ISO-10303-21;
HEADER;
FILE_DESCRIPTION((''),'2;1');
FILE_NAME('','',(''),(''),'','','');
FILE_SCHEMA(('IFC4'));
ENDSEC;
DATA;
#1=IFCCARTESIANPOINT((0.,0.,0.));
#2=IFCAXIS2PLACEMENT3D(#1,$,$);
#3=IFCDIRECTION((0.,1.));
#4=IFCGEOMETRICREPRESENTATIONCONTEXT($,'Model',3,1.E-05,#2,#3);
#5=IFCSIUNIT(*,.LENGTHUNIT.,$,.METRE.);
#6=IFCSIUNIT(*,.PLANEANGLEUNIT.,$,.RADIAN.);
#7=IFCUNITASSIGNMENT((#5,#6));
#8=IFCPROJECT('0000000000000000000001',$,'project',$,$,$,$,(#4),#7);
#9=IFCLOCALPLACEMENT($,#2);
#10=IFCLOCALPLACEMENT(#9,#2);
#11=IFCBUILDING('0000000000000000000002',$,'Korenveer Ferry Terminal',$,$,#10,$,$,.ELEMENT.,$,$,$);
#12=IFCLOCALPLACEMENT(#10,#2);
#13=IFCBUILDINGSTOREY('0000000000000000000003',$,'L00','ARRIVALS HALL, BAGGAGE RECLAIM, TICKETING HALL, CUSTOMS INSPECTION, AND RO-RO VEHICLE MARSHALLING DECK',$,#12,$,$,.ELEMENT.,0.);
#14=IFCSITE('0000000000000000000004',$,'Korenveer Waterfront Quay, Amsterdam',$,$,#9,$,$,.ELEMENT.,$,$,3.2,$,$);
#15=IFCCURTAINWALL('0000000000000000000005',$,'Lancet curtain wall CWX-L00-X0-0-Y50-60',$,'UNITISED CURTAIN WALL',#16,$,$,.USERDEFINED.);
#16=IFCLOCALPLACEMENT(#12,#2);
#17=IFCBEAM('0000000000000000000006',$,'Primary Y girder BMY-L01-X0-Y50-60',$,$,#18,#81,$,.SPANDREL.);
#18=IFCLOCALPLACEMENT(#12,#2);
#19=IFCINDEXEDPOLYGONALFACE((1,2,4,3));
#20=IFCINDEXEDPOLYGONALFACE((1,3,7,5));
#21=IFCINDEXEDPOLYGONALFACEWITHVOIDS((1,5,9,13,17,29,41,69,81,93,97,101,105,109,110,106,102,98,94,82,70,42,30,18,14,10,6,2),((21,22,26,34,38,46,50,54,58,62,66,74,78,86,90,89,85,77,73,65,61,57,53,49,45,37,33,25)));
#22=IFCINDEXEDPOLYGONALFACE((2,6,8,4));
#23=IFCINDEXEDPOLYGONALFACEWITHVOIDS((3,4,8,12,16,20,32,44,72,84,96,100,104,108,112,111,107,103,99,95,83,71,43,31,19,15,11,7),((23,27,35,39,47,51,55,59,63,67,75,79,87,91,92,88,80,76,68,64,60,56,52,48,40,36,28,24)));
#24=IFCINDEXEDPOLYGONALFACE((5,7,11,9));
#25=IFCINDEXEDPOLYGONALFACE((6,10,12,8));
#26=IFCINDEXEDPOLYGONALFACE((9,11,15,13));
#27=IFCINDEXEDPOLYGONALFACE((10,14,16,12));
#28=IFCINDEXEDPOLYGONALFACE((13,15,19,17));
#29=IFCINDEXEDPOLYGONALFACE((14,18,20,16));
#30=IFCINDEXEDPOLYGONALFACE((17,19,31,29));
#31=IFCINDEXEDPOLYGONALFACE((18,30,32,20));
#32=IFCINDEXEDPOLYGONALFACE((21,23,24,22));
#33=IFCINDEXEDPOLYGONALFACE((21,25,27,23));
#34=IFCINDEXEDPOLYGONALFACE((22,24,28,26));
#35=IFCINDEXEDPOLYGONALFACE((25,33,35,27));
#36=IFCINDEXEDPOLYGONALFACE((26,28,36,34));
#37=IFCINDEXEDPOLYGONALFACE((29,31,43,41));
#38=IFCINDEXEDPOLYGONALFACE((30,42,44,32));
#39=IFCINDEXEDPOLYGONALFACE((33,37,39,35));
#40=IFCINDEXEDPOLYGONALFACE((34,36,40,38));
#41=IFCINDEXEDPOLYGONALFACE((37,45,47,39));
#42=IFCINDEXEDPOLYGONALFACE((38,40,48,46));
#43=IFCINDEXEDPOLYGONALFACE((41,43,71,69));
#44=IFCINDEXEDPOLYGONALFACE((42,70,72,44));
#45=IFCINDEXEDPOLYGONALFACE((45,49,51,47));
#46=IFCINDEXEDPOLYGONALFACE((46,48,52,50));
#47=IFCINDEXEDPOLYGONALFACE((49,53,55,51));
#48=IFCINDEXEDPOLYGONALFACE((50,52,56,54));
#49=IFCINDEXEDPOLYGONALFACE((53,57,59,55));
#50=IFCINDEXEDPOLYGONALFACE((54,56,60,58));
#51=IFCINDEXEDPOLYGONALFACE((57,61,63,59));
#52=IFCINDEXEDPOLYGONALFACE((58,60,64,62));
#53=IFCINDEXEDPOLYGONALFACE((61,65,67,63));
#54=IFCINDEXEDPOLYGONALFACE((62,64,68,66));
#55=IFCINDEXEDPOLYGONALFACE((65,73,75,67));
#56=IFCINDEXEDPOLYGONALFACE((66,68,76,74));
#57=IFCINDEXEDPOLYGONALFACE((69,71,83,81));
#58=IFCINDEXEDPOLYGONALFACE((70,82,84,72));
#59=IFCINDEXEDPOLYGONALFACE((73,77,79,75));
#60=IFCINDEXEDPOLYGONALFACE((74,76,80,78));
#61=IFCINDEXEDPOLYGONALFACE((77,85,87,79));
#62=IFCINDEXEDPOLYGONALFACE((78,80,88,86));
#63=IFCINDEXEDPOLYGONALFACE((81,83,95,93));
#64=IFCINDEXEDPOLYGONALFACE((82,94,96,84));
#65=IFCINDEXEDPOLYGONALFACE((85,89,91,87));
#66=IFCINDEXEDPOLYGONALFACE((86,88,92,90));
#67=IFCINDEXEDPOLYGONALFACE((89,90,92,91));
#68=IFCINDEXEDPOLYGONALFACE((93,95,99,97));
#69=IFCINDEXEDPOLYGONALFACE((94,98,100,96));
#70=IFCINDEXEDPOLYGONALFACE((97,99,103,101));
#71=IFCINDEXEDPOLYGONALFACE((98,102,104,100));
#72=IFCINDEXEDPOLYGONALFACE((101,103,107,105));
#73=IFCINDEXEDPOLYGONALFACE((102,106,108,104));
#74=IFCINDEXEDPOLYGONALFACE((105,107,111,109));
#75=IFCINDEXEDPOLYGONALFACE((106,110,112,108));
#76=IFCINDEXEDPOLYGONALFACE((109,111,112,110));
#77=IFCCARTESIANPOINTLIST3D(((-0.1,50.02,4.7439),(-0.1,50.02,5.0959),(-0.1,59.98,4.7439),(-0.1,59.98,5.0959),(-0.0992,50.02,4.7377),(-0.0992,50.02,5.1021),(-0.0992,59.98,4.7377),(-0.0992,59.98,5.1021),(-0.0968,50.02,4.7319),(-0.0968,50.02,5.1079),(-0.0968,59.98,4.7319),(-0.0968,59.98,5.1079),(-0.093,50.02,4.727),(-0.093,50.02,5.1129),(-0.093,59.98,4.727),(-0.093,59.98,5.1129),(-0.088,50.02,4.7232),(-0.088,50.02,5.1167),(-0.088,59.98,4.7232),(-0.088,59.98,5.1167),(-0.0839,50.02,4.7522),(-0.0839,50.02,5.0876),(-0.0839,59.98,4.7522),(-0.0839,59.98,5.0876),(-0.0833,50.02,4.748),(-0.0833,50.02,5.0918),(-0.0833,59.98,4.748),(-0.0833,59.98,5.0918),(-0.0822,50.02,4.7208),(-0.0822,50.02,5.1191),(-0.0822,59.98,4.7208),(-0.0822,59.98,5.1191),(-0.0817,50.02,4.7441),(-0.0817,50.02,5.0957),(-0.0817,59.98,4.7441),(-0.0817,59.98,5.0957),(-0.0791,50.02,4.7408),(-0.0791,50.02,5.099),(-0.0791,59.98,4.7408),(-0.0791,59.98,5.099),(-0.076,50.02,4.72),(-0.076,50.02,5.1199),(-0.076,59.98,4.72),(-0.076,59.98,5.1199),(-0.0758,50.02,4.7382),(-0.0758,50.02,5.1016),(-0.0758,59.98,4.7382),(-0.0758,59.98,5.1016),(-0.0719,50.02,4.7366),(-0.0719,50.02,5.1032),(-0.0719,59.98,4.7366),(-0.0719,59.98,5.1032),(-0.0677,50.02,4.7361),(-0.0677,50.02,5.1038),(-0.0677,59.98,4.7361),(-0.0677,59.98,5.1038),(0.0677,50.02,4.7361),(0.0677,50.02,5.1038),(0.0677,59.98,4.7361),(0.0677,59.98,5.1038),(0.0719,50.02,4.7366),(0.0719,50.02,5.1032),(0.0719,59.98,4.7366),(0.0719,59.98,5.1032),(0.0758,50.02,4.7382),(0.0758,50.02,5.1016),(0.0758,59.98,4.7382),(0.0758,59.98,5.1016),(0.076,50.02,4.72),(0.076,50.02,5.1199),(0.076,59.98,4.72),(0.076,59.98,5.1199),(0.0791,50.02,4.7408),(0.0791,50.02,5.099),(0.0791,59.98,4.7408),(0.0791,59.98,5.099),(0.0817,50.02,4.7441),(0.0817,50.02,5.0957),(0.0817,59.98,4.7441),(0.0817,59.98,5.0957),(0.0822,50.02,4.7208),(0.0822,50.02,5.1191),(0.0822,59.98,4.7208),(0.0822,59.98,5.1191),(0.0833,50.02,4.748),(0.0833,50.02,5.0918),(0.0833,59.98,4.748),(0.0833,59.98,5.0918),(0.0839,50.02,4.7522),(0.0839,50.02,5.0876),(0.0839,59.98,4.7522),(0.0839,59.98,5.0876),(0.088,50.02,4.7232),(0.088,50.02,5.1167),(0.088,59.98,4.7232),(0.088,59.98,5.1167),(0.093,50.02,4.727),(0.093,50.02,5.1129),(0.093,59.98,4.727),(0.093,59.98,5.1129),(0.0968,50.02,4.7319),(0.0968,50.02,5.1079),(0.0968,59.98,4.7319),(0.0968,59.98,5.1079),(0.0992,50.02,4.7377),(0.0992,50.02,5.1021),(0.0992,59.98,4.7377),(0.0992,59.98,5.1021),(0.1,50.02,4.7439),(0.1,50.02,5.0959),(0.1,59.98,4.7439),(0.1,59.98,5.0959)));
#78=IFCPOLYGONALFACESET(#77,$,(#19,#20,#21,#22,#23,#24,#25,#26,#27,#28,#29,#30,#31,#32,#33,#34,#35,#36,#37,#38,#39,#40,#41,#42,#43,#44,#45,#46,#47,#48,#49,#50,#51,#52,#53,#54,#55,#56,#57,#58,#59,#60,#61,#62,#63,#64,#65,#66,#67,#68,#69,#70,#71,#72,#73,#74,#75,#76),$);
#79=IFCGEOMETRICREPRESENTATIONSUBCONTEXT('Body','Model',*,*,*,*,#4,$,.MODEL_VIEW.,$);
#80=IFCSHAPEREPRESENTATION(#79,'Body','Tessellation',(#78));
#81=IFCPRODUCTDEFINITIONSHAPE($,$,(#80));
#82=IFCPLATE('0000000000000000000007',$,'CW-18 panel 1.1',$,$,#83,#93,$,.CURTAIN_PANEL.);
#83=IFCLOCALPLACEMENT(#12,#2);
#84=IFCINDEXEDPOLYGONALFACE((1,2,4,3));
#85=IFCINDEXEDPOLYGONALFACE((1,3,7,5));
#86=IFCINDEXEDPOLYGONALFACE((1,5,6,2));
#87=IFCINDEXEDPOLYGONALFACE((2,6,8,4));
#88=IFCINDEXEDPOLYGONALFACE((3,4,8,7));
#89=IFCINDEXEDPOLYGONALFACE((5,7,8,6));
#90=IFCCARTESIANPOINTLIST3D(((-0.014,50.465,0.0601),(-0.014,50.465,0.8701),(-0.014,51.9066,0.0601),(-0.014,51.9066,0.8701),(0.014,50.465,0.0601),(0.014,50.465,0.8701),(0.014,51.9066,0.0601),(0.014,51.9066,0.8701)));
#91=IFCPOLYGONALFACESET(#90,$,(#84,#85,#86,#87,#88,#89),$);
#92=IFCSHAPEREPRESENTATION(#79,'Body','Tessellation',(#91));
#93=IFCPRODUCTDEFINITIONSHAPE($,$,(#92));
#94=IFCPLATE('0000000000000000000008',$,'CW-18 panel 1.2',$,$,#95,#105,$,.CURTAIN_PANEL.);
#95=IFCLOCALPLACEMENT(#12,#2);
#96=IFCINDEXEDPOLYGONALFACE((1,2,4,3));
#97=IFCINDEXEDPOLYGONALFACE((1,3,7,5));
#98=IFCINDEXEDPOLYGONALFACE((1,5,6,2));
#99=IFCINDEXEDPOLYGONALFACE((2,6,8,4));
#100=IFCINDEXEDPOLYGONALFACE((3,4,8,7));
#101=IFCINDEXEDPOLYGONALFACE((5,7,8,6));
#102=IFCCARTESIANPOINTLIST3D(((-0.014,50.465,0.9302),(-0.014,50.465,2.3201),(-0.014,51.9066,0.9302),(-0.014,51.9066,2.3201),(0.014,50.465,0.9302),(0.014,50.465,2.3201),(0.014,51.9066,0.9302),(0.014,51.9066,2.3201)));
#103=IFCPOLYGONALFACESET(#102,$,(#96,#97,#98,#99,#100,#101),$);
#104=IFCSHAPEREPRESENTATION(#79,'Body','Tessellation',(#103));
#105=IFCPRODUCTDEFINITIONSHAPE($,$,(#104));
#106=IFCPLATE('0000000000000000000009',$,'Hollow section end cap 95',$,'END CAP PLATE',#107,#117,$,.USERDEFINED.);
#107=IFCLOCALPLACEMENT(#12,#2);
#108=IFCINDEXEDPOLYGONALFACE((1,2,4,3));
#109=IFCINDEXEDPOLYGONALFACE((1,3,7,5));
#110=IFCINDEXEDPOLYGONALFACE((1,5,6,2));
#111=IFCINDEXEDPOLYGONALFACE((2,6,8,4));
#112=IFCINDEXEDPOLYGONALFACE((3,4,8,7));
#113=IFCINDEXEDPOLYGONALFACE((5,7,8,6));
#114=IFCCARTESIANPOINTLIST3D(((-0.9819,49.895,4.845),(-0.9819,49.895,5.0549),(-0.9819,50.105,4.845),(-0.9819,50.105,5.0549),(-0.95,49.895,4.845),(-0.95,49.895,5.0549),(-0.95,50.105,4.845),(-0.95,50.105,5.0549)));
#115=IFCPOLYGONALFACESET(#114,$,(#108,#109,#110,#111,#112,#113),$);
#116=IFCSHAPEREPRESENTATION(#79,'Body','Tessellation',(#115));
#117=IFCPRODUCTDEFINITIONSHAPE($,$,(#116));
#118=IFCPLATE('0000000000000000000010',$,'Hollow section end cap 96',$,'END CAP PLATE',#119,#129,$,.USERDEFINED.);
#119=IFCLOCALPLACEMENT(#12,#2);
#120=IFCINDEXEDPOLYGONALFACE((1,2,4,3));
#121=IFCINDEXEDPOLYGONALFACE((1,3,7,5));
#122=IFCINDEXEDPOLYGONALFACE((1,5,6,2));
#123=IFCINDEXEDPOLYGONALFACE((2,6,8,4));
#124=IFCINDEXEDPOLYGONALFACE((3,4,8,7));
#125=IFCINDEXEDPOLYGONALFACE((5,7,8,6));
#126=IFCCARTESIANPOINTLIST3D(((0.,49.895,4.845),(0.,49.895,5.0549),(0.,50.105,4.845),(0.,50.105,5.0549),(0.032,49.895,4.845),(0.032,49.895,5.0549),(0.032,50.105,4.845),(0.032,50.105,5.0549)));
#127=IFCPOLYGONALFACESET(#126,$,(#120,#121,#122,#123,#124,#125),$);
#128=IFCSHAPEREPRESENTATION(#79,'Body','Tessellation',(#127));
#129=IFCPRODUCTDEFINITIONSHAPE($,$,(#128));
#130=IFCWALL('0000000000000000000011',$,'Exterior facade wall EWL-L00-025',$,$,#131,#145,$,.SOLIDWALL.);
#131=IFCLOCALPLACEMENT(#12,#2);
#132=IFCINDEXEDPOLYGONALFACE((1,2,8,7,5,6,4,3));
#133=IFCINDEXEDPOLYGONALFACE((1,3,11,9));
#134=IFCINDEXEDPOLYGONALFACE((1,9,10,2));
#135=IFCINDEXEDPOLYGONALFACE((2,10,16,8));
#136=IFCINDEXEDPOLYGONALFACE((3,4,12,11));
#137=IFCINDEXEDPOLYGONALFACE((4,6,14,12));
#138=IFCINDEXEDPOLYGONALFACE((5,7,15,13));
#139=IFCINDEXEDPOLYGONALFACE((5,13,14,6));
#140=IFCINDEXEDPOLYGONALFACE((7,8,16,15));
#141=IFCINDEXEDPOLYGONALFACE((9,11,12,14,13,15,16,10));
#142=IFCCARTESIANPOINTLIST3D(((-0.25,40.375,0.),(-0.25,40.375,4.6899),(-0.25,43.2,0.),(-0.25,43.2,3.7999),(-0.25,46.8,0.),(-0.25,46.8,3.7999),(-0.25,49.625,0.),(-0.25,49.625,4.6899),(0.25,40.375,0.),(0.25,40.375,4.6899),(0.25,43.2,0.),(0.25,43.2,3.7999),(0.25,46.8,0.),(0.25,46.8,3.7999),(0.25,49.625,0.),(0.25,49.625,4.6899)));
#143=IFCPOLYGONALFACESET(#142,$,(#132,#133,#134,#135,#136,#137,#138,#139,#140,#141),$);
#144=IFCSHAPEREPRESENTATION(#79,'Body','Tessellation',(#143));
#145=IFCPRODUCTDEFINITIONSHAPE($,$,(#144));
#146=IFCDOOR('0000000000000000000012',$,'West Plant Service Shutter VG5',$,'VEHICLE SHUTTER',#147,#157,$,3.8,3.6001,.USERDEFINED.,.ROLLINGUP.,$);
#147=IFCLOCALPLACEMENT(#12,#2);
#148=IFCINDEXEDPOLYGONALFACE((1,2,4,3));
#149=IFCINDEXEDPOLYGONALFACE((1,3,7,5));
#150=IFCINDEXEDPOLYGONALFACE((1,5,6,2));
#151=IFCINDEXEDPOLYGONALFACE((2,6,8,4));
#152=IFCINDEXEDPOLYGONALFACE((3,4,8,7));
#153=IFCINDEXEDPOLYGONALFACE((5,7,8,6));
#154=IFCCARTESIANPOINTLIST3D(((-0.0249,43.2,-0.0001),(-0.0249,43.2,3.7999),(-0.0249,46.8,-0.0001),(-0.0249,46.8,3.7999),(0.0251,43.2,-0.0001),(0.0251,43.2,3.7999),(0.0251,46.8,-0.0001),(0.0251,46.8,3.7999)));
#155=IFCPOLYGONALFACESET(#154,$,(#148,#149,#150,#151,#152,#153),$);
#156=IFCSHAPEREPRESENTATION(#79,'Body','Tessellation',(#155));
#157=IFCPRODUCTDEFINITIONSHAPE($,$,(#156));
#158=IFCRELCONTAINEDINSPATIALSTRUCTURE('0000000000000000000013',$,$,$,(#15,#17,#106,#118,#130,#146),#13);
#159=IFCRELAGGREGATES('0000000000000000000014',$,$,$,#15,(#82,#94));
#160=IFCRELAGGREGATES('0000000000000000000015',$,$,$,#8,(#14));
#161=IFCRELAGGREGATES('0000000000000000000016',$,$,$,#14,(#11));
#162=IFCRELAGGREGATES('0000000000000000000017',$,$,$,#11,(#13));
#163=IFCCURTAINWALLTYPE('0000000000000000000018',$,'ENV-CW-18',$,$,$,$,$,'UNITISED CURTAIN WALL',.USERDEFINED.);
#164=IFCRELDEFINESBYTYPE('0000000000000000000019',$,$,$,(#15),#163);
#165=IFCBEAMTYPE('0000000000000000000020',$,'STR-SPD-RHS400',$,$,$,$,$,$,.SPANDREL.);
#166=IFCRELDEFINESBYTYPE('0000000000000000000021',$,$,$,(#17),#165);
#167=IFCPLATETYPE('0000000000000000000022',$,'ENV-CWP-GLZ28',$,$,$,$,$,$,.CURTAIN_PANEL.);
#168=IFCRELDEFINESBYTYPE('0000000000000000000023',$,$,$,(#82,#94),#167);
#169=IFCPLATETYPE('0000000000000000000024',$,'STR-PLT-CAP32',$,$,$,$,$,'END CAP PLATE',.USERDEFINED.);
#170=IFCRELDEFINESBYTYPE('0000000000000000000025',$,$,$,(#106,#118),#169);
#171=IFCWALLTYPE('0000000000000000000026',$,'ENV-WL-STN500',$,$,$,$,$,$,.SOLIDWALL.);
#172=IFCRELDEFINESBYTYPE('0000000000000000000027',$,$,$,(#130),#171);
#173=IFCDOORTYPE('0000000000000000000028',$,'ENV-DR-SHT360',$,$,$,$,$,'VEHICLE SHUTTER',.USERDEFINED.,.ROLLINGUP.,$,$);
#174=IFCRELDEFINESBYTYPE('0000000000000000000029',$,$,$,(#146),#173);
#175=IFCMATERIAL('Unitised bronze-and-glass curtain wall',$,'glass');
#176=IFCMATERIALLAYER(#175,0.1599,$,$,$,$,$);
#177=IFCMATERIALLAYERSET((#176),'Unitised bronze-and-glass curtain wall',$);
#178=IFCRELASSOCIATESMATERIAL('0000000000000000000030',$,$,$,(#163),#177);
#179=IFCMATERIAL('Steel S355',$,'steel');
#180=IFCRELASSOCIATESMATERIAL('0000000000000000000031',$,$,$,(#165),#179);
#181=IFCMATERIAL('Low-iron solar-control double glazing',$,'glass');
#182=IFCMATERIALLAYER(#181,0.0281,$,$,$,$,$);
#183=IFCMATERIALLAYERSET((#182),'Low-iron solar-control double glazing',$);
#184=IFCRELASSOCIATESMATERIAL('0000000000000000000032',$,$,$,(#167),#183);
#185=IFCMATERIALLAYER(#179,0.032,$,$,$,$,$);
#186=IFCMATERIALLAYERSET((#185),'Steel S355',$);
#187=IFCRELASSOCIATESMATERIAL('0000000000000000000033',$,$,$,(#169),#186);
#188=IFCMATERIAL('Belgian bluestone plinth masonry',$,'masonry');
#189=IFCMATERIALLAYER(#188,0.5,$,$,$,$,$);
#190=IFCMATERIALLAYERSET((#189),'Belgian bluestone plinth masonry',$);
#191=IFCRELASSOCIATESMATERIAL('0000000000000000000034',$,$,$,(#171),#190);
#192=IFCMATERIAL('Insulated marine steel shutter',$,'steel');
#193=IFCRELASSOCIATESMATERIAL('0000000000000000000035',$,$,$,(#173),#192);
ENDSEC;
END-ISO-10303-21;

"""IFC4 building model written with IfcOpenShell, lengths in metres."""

from ifc_helpers import new_model, si_unit, direction, frame, frame_2d, origin, origin_2d, place, context, subcontext, project, spatial, rectangle, hollow_rectangle, extrude, material, layer, layer_set, material_profile, profile_set, type_object, element, fill, aggregate, save


model = new_model("IFC4")

# Units and contexts
model_context = context("Model", 3, precision=1e-05, world=origin(), true_north=direction((0.0, 1.0)))
body_context = subcontext(model_context, "Body", "Model", "MODEL_VIEW")
ifc_project = project(units=[si_unit("LENGTHUNIT", "METRE"), si_unit("PLANEANGLEUNIT", "RADIAN")], contexts=[model_context])

# Site, building, storey
site_placement = place(None, origin())
site = spatial("IfcSite", under=ifc_project, at=site_placement, Name="Korenveer Waterfront Quay, Amsterdam", CompositionType="ELEMENT", RefElevation=3.2)
building_placement = place(site_placement, origin())
building = spatial("IfcBuilding", under=site, at=building_placement, Name="Korenveer Ferry Terminal", CompositionType="ELEMENT")
storey_placement = place(building_placement, origin())
storey = spatial("IfcBuildingStorey", under=building, at=storey_placement, Name="L00", Description="ARRIVALS HALL, BAGGAGE RECLAIM, TICKETING HALL, CUSTOMS INSPECTION, AND RO-RO VEHICLE MARSHALLING DECK", CompositionType="ELEMENT", Elevation=0.0)

# Curtain wall
ifc_material_1 = material(Name="Unitised bronze-and-glass curtain wall", Category="glass")
ifc_layer_1 = layer(ifc_material_1, 0.1599)
ifc_layer_set_1 = layer_set([ifc_layer_1], Name="Unitised bronze-and-glass curtain wall")
curtain_wall_type = type_object("IfcCurtainWallType", Name="ENV-CW-18", ElementType="UNITISED CURTAIN WALL", PredefinedType="USERDEFINED", material=ifc_layer_set_1)
curtain_wall_placement = place(storey_placement, frame((0.0, 50.405, 0.0)))
curtain_wall = element("IfcCurtainWall", 1, at=curtain_wall_placement, inside=storey, type_object=curtain_wall_type, Name="Lancet curtain wall CWX-L00-X0-0-Y50-60", ObjectType="UNITISED CURTAIN WALL", PredefinedType="USERDEFINED")

# Beam
ifc_material_2 = material(Name="Steel S355", Category="steel")
ifc_material_profile_1 = material_profile(ifc_material_2, hollow_rectangle(XDim=0.2, YDim=0.3999, WallThickness=0.0161, InnerFilletRadius=0.0161, OuterFilletRadius=0.0239, at=origin_2d()), Name="RHS 400x200x16")
ifc_profile_set_1 = profile_set([ifc_material_profile_1], Name="Steel S355")
beam_type_1 = type_object("IfcBeamType", Name="STR-SPD-RHS400", PredefinedType="SPANDREL", material=ifc_profile_set_1)
beam_1_placement = place(storey_placement, frame((0.0, 50.02, 4.9199), z_axis=(0.0, 1.0, 0.0), x_axis=(-1.0, 0.0, 0.0)))
element("IfcBeam", 2, at=beam_1_placement, inside=storey, type_object=beam_type_1, Name="Primary Y girder BMY-L01-X0-Y50-60", PredefinedType="SPANDREL", context=body_context, shape_type="SweptSolid", body=[
    extrude(hollow_rectangle(XDim=0.2, YDim=0.3999, WallThickness=0.0161, InnerFilletRadius=0.0161, OuterFilletRadius=0.0239, at=origin_2d()), origin(), (0.0, 0.0, 1.0), 9.96),
])

# Plates
ifc_material_3 = material(Name="Low-iron solar-control double glazing", Category="glass")
ifc_layer_2 = layer(ifc_material_3, 0.0281)
ifc_layer_set_2 = layer_set([ifc_layer_2], Name="Low-iron solar-control double glazing")
plate_type_1 = type_object("IfcPlateType", Name="ENV-CWP-GLZ28", PredefinedType="CURTAIN_PANEL", material=ifc_layer_set_2)
plate_1_placement = place(storey_placement, frame((0.0, 51.1858, 0.0601), z_axis=(0.0, 0.0, 1.0), x_axis=(0.0, 1.0, 0.0)))
plate_1 = element("IfcPlate", 3, at=plate_1_placement, type_object=plate_type_1, Name="CW-18 panel 1.1", PredefinedType="CURTAIN_PANEL", context=body_context, shape_type="SweptSolid", body=[
    extrude(rectangle(XDim=1.4417, YDim=0.0281, at=origin_2d()), origin(), (0.0, 0.0, 1.0), 0.8101),
])
plate_2_placement = place(storey_placement, frame((0.0, 51.1858, 0.9302), z_axis=(0.0, 0.0, 1.0), x_axis=(0.0, 1.0, 0.0)))
plate_2 = element("IfcPlate", 4, at=plate_2_placement, type_object=plate_type_1, Name="CW-18 panel 1.2", PredefinedType="CURTAIN_PANEL", context=body_context, shape_type="SweptSolid", body=[
    extrude(rectangle(XDim=1.4417, YDim=0.0281, at=origin_2d()), origin(), (0.0, 0.0, 1.0), 1.3899),
])
aggregate(curtain_wall, [plate_1, plate_2])

# Plates
ifc_layer_3 = layer(ifc_material_2, 0.032)
ifc_layer_set_3 = layer_set([ifc_layer_3], Name="Steel S355")
plate_type_2 = type_object("IfcPlateType", Name="STR-PLT-CAP32", ElementType="END CAP PLATE", PredefinedType="USERDEFINED", material=ifc_layer_set_3)
for number, where, z_axis, x_axis, name in (
    (5, (-0.9819, 50.0, 4.95), (1.0, 0.0, 0.0), (0.0, 1.0, 0.0), "Hollow section end cap 95"),
    (6, (0.0, 50.0, 4.95), (1.0, 0.0, 0.0), (0.0, 1.0, 0.0), "Hollow section end cap 96"),
):
    element("IfcPlate", number, at=place(storey_placement, frame(where, z_axis=z_axis, x_axis=x_axis)), inside=storey, type_object=plate_type_2, Name=name, ObjectType="END CAP PLATE", PredefinedType="USERDEFINED", context=body_context, shape_type="SweptSolid", body=[
        extrude(rectangle(XDim=0.21, YDim=0.21, at=origin_2d()), origin(), (0.0, 0.0, 1.0), 0.032),
    ])

# Wall, opening, door
ifc_material_4 = material(Name="Belgian bluestone plinth masonry", Category="masonry")
ifc_layer_4 = layer(ifc_material_4, 0.5)
ifc_layer_set_4 = layer_set([ifc_layer_4], Name="Belgian bluestone plinth masonry")
wall_type = type_object("IfcWallType", Name="ENV-WL-STN500", PredefinedType="SOLIDWALL", material=ifc_layer_set_4)
wall_placement = place(storey_placement, frame((0.0, 40.375, 0.0), z_axis=(0.0, 0.0, 1.0), x_axis=(0.0, 1.0, 0.0)))
wall = element("IfcWall", 7, at=wall_placement, inside=storey, type_object=wall_type, Name="Exterior facade wall EWL-L00-025", PredefinedType="SOLIDWALL", context=body_context, shape_type="SweptSolid", body=[
    extrude(rectangle(XDim=9.25, YDim=0.5, at=frame_2d((4.625, 0.0))), origin(), (0.0, 0.0, 1.0), 4.6899),
])
opening_placement = place(wall_placement, frame((2.825, 0.0, 0.0)))
opening = element("IfcOpeningElement", 8, at=opening_placement, cuts=wall, PredefinedType="OPENING", context=body_context, shape_type="SweptSolid", body=[
    extrude(rectangle(XDim=3.6001, YDim=3.8, at=frame_2d((1.8, 1.8999))), frame((0.0, 0.26, 0.0), z_axis=(0.0, -1.0, 0.0), x_axis=(1.0, 0.0, 0.0)), (0.0, 0.0, 1.0), 0.52),
])
ifc_material_5 = material(Name="Insulated marine steel shutter", Category="steel")
door_type = type_object("IfcDoorType", Name="ENV-DR-SHT360", ElementType="VEHICLE SHUTTER", OperationType="ROLLINGUP", PredefinedType="USERDEFINED", material=ifc_material_5)
door_placement = place(opening_placement, origin())
door = element("IfcDoor", 9, at=door_placement, inside=storey, type_object=door_type, Name="West Plant Service Shutter VG5", ObjectType="VEHICLE SHUTTER", OperationType="ROLLINGUP", OverallHeight=3.8, OverallWidth=3.6001, PredefinedType="USERDEFINED", context=body_context, shape_type="SweptSolid", body=[
    extrude(rectangle(XDim=3.6001, YDim=3.8, at=frame_2d((1.8, 1.8999))), frame((0.0, 0.0249, 0.0), z_axis=(0.0, -1.0, 0.0), x_axis=(1.0, 0.0, 0.0)), (0.0, 0.0, 1.0), 0.05),
])
fill(opening, door)

save(model, "model.ifc")
